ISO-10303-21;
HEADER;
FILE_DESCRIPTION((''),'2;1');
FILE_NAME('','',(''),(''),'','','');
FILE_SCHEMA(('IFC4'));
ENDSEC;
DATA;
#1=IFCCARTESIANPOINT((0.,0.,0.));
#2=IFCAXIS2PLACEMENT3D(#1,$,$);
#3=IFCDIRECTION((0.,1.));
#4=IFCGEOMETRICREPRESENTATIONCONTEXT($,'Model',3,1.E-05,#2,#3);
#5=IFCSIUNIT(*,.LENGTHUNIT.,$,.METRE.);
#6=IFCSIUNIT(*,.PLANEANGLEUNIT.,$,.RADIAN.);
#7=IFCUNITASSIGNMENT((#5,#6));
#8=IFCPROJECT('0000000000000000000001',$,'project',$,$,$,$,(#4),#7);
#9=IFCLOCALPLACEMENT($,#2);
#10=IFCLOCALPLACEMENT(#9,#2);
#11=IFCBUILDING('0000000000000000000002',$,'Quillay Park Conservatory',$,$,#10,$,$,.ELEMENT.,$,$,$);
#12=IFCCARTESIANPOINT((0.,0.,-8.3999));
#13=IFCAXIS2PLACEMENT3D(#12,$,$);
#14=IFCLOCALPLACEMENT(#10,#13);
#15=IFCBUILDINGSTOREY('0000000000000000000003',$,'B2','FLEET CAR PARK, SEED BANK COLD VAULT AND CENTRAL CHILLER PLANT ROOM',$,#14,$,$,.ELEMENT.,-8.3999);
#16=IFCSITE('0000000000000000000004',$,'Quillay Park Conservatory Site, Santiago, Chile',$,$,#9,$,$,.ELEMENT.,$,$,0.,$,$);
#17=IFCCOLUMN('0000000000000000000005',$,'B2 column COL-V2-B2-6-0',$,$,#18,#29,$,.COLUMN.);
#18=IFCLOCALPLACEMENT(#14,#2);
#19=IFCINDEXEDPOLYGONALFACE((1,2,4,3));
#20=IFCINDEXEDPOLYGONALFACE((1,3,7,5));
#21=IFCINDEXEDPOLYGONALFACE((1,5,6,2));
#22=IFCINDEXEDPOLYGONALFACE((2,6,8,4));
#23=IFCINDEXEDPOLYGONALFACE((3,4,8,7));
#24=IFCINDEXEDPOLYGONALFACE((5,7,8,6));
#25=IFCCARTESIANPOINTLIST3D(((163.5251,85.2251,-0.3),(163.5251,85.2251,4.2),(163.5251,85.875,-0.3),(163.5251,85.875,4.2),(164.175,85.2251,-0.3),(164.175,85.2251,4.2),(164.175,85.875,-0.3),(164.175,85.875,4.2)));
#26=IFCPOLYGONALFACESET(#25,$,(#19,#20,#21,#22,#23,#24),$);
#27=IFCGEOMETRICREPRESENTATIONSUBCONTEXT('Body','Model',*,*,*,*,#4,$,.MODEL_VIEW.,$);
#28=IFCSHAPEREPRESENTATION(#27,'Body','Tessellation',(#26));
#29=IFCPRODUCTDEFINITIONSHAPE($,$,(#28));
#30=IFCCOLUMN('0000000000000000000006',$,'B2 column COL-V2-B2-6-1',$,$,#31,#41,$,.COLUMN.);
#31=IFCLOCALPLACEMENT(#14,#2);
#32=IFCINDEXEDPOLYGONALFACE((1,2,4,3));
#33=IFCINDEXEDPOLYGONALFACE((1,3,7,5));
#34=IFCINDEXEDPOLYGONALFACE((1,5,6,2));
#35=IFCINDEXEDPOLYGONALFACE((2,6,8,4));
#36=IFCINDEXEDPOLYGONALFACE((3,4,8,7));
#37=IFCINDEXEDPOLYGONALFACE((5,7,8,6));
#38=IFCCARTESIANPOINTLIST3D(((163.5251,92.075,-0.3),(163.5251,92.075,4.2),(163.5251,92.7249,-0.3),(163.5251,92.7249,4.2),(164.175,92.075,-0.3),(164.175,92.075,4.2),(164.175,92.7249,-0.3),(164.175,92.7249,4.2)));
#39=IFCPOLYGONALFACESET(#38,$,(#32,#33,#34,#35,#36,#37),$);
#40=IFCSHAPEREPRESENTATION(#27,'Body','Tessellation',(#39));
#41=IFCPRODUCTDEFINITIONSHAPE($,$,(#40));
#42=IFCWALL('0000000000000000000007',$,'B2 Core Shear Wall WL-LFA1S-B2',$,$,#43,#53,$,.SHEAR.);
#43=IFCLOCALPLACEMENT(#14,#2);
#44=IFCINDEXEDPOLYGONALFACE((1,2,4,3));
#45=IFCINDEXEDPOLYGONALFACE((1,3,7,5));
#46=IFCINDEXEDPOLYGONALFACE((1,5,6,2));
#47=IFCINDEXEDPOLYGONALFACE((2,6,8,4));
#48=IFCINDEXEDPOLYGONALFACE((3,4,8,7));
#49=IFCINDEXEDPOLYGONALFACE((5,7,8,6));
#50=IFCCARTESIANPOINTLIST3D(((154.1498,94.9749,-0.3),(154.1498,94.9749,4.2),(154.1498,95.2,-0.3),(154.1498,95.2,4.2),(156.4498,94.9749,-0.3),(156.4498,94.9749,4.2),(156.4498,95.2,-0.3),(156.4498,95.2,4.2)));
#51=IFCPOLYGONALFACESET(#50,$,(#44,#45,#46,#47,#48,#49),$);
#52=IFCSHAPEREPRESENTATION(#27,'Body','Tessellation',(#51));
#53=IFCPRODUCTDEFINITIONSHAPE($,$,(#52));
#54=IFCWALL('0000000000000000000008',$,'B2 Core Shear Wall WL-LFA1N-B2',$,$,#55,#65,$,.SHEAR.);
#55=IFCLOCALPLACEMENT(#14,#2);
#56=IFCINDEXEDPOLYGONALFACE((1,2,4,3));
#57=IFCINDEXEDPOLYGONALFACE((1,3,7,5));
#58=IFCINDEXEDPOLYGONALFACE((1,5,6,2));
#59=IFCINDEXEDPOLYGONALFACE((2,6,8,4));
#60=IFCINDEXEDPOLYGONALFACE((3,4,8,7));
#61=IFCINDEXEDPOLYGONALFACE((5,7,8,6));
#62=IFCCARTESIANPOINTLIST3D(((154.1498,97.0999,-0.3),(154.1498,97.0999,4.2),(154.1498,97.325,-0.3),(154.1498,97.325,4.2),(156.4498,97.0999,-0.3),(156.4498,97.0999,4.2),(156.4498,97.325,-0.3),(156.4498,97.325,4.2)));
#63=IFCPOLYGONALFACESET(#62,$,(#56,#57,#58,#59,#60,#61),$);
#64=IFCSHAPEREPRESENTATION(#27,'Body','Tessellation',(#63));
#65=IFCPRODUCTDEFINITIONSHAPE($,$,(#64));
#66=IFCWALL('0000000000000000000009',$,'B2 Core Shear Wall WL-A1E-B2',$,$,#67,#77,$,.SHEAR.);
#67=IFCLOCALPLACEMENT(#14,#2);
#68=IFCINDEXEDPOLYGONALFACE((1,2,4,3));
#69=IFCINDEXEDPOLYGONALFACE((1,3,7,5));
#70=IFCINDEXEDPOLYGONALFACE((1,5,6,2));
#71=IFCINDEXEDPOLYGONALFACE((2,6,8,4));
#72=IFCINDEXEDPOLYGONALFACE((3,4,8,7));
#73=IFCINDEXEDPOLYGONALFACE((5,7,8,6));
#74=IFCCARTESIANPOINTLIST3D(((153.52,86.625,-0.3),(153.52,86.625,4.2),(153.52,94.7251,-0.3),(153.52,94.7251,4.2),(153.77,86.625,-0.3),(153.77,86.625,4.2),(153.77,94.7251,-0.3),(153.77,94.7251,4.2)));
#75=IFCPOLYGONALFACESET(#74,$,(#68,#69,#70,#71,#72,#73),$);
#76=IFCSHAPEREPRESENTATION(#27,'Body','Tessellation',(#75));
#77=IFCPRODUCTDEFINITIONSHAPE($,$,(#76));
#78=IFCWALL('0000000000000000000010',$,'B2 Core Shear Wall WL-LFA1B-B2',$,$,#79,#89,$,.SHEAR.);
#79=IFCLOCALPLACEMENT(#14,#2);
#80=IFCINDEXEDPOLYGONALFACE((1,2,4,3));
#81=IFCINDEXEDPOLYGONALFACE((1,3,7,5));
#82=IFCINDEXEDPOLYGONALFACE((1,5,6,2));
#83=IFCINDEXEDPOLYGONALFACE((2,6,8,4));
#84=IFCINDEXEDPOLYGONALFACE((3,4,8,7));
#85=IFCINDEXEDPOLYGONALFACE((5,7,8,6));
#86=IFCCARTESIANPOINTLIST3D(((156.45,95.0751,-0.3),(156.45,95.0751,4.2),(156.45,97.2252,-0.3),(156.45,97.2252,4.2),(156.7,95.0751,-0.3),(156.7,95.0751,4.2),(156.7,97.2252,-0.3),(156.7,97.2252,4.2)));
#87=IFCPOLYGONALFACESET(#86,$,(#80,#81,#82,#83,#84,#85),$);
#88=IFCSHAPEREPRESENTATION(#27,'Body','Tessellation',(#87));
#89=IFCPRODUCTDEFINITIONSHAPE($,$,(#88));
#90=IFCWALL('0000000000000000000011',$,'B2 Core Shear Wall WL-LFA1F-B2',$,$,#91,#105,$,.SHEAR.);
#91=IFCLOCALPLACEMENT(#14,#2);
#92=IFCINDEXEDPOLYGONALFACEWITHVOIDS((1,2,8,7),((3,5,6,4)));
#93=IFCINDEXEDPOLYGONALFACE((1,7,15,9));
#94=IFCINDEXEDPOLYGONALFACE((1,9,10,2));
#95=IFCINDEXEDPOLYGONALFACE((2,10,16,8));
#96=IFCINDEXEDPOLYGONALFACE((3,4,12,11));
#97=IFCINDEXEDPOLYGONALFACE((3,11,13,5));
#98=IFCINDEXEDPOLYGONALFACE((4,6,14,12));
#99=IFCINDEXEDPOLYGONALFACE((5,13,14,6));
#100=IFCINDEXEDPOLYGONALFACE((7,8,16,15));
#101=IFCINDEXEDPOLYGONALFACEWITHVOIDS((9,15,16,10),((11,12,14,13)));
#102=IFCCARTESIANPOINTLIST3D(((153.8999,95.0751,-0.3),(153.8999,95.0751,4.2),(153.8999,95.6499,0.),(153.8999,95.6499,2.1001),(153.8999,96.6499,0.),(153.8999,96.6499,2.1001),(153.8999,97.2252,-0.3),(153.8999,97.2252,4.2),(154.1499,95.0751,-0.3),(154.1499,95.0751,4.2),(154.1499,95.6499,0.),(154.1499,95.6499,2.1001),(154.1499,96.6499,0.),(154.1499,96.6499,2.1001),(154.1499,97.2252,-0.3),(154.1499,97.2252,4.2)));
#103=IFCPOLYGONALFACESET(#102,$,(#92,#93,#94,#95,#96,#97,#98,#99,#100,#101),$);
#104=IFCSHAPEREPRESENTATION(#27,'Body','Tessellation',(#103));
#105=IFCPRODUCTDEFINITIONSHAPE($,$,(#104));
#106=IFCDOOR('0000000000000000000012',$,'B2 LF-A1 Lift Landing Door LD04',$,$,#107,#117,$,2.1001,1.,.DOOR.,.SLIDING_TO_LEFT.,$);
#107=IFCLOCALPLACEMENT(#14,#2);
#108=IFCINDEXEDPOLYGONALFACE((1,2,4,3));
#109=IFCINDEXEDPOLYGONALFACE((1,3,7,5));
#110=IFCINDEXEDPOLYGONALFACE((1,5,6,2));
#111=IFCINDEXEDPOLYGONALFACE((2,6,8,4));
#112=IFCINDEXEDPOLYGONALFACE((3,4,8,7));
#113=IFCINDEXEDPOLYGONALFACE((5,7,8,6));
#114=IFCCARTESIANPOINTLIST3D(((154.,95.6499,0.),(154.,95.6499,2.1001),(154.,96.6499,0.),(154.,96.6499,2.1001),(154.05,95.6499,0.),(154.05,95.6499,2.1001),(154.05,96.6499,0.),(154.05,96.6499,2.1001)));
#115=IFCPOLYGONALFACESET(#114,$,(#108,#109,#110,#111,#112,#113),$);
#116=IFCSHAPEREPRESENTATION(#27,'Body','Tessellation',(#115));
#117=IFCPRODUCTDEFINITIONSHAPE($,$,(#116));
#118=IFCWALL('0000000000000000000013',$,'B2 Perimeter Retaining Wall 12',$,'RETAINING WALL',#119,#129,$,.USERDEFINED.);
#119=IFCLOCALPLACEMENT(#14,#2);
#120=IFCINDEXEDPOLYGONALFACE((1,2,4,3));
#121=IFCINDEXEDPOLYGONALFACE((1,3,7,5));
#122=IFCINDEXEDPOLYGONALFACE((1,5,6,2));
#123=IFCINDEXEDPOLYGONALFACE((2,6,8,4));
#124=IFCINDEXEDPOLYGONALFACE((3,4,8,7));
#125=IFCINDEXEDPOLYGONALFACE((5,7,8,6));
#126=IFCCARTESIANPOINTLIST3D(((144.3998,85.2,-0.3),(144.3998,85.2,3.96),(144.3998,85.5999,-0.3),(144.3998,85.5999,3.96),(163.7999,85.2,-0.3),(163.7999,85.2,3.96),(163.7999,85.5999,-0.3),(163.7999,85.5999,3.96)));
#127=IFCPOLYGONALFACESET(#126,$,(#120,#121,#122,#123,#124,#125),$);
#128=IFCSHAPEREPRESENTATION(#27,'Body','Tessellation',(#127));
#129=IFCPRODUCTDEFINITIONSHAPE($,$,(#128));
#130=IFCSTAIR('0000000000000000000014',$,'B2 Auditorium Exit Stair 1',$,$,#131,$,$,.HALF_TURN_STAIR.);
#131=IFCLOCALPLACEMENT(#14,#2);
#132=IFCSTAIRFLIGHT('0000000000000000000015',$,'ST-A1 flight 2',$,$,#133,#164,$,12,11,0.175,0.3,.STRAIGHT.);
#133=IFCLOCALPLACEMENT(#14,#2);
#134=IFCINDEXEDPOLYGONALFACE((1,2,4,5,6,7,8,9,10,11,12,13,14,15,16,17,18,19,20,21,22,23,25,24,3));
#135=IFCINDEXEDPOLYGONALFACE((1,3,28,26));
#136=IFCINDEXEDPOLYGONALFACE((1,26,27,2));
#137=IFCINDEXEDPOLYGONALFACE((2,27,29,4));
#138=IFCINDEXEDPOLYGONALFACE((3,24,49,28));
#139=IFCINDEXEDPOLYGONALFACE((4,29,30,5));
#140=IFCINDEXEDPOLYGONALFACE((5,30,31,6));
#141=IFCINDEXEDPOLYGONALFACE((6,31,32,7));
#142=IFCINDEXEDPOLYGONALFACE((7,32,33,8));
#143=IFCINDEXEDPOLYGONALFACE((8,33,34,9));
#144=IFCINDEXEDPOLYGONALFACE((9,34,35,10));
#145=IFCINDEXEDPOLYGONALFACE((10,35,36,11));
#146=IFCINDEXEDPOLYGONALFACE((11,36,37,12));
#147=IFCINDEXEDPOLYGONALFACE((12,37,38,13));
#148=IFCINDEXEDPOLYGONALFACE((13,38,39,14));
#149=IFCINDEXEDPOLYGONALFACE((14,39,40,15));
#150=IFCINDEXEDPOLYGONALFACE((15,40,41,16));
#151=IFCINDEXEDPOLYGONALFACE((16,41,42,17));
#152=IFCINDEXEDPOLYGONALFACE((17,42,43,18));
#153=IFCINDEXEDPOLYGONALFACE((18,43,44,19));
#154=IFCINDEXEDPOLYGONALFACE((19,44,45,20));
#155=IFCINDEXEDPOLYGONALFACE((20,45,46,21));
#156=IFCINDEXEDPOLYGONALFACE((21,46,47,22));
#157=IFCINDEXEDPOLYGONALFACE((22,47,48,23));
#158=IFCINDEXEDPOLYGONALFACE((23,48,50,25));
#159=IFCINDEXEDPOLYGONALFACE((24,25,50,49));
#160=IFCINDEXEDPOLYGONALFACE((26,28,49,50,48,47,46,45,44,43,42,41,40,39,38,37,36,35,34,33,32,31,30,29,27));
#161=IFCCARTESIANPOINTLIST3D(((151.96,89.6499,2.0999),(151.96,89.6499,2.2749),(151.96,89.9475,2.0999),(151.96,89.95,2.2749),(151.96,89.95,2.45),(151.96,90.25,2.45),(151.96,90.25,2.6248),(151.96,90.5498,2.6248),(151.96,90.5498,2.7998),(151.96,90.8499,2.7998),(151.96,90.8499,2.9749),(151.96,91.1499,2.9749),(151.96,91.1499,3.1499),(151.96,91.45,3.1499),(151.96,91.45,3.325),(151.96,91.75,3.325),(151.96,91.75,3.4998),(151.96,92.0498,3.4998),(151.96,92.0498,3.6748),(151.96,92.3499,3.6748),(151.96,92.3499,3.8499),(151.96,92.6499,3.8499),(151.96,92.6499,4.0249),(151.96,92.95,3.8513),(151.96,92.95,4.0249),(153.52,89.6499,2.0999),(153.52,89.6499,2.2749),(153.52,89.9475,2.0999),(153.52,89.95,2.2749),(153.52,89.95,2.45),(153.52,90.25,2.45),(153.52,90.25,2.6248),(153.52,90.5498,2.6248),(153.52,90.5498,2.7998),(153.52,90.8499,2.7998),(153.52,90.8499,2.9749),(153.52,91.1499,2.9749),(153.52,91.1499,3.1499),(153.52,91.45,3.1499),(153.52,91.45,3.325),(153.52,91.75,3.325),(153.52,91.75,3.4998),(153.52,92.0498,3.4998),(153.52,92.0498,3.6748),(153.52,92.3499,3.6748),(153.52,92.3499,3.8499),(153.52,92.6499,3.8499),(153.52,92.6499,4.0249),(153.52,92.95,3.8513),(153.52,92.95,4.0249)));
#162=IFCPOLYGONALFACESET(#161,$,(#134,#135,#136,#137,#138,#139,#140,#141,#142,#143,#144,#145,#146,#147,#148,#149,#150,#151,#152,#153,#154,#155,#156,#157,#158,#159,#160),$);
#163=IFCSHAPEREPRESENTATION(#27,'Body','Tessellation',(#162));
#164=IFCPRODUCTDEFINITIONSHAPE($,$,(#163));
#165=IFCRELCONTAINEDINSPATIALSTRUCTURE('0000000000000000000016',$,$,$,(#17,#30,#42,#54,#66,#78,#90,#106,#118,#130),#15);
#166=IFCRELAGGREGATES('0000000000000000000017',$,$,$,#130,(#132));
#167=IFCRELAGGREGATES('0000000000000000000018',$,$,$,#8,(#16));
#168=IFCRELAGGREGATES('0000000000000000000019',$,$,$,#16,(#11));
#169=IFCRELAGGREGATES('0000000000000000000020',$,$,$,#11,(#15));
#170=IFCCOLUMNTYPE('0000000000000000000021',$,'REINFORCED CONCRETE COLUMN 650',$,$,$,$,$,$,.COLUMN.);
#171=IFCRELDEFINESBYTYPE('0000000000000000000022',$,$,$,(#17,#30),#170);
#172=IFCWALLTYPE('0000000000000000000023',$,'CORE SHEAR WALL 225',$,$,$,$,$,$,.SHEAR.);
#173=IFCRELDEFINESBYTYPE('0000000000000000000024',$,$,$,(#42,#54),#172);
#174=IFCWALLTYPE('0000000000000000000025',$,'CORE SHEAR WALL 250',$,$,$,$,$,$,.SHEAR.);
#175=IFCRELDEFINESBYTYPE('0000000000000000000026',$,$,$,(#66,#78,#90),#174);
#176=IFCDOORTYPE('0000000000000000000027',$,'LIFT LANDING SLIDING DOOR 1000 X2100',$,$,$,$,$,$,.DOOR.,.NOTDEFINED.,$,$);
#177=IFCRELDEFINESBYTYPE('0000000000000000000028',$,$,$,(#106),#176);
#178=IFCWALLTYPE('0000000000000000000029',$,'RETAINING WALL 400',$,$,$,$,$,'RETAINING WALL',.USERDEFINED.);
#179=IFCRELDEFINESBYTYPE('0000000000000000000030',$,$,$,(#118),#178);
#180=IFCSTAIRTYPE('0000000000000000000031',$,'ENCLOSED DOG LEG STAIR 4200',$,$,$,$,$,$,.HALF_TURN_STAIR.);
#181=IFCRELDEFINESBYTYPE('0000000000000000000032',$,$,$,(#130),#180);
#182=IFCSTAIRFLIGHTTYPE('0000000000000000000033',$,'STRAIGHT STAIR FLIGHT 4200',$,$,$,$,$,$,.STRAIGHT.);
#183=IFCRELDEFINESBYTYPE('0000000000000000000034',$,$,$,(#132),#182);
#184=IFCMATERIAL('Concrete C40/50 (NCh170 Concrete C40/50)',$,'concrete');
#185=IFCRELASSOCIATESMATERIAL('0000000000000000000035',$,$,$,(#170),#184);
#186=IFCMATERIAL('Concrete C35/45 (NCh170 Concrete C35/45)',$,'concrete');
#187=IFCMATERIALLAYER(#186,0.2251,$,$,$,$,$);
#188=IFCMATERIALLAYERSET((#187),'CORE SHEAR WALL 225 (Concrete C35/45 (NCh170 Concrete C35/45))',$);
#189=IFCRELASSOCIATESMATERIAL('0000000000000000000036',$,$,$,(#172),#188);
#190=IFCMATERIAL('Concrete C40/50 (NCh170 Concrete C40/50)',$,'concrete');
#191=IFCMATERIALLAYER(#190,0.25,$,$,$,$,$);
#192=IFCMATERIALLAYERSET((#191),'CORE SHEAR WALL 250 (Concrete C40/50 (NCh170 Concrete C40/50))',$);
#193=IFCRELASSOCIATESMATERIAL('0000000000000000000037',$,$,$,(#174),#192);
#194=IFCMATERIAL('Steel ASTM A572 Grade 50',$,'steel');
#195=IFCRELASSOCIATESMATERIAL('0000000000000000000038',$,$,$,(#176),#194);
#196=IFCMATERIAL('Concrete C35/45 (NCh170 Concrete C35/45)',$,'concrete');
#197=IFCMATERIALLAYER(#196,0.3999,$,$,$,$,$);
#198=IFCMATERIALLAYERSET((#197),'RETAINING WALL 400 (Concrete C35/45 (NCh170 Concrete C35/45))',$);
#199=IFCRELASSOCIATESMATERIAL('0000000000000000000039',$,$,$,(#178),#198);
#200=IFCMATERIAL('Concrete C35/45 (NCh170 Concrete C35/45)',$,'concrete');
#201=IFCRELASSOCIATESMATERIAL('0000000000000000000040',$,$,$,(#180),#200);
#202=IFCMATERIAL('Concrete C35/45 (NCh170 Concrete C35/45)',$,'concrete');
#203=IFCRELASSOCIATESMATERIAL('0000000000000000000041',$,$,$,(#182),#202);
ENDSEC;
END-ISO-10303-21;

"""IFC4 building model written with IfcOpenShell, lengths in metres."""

from ifc_helpers import new_model, si_unit, direction, frame, frame_2d, origin, origin_2d, place, context, subcontext, project, spatial, polyline, rectangle, outline, extrude, material, layer, layer_set, material_profile, profile_set, type_object, element, fill, aggregate, save


model = new_model("IFC4")

# Units and contexts
model_context = context("Model", 3, precision=1e-05, world=origin(), true_north=direction((0.0, 1.0)))
body_context = subcontext(model_context, "Body", "Model", "MODEL_VIEW")
ifc_project = project(units=[si_unit("LENGTHUNIT", "METRE"), si_unit("PLANEANGLEUNIT", "RADIAN")], contexts=[model_context])

# Site, building, storey
site_placement = place(None, origin())
site = spatial("IfcSite", under=ifc_project, at=site_placement, Name="Quillay Park Conservatory Site, Santiago, Chile", CompositionType="ELEMENT", RefElevation=0.0)
building_placement = place(site_placement, origin())
building = spatial("IfcBuilding", under=site, at=building_placement, Name="Quillay Park Conservatory", CompositionType="ELEMENT")
storey_placement = place(building_placement, frame((0.0, 0.0, -8.3999)))
storey = spatial("IfcBuildingStorey", under=building, at=storey_placement, Name="B2", Description="FLEET CAR PARK, SEED BANK COLD VAULT AND CENTRAL CHILLER PLANT ROOM", CompositionType="ELEMENT", Elevation=-8.3999)

# Columns
ifc_material_1 = material(Name="Concrete C40/50 (NCh170 Concrete C40/50)", Category="concrete")
ifc_material_profile_1 = material_profile(ifc_material_1, rectangle(XDim=0.6499, YDim=0.6499, at=origin_2d()), Name="RC650x650")
ifc_profile_set_1 = profile_set([ifc_material_profile_1], Name="Concrete C40/50 (NCh170 Concrete C40/50)")
column_type = type_object("IfcColumnType", Name="REINFORCED CONCRETE COLUMN 650", PredefinedType="COLUMN", material=ifc_profile_set_1)
for number, where, z_axis, x_axis, name in (
    (1, (163.8501, 85.55, -0.3), (0.0, 0.0, 1.0), (1.0, 0.0, 0.0), "B2 column COL-V2-B2-6-0"),
    (2, (163.8501, 92.3999, -0.3), (0.0, 0.0, 1.0), (1.0, 0.0, 0.0), "B2 column COL-V2-B2-6-1"),
):
    element("IfcColumn", number, at=place(storey_placement, frame(where, z_axis=z_axis, x_axis=x_axis)), inside=storey, type_object=column_type, Name=name, PredefinedType="COLUMN", context=body_context, shape_type="SweptSolid", body=[
        extrude(rectangle(XDim=0.6499, YDim=0.6499, at=origin_2d()), origin(), (0.0, 0.0, 1.0), 4.5),
    ])

# Walls
ifc_material_2 = material(Name="Concrete C35/45 (NCh170 Concrete C35/45)", Category="concrete")
ifc_layer_1 = layer(ifc_material_2, 0.2251)
ifc_layer_set_1 = layer_set([ifc_layer_1], Name="CORE SHEAR WALL 225 (Concrete C35/45 (NCh170 Concrete C35/45))")
wall_type_1 = type_object("IfcWallType", Name="CORE SHEAR WALL 225", PredefinedType="SHEAR", material=ifc_layer_set_1)
for number, where, z_axis, x_axis, name in (
    (3, (154.1499, 95.0874, -0.3), (0.0, 0.0, 1.0), (1.0, 0.0, 0.0), "B2 Core Shear Wall WL-LFA1S-B2"),
    (4, (154.1499, 97.2124, -0.3), (0.0, 0.0, 1.0), (1.0, 0.0, 0.0), "B2 Core Shear Wall WL-LFA1N-B2"),
):
    element("IfcWall", number, at=place(storey_placement, frame(where, z_axis=z_axis, x_axis=x_axis)), inside=storey, type_object=wall_type_1, Name=name, PredefinedType="SHEAR", context=body_context, shape_type="SweptSolid", body=[
        extrude(rectangle(XDim=2.3, YDim=0.2251, at=frame_2d((1.1499, 0.0))), origin(), (0.0, 0.0, 1.0), 4.5),
    ])
ifc_material_3 = material(Name="Concrete C40/50 (NCh170 Concrete C40/50)", Category="concrete")
ifc_layer_2 = layer(ifc_material_3, 0.25)
ifc_layer_set_2 = layer_set([ifc_layer_2], Name="CORE SHEAR WALL 250 (Concrete C40/50 (NCh170 Concrete C40/50))")
wall_type_2 = type_object("IfcWallType", Name="CORE SHEAR WALL 250", PredefinedType="SHEAR", material=ifc_layer_set_2)
wall_1_placement = place(storey_placement, frame((153.645, 86.625, -0.3), z_axis=(0.0, 0.0, 1.0), x_axis=(0.0, 1.0, 0.0)))
element("IfcWall", 5, at=wall_1_placement, inside=storey, type_object=wall_type_2, Name="B2 Core Shear Wall WL-A1E-B2", PredefinedType="SHEAR", context=body_context, shape_type="SweptSolid", body=[
    extrude(rectangle(XDim=8.1001, YDim=0.25, at=frame_2d((4.05, 0.0))), origin(), (0.0, 0.0, 1.0), 4.5),
])
wall_2_placement = place(storey_placement, frame((156.575, 95.075, -0.3), z_axis=(0.0, 0.0, 1.0), x_axis=(0.0, 1.0, 0.0)))
element("IfcWall", 6, at=wall_2_placement, inside=storey, type_object=wall_type_2, Name="B2 Core Shear Wall WL-LFA1B-B2", PredefinedType="SHEAR", context=body_context, shape_type="SweptSolid", body=[
    extrude(rectangle(XDim=2.1501, YDim=0.25, at=frame_2d((1.0752, 0.0))), origin(), (0.0, 0.0, 1.0), 4.5),
])

# Wall, opening, door
wall_3_placement = place(storey_placement, frame((154.0249, 95.075, -0.3), z_axis=(0.0, 0.0, 1.0), x_axis=(0.0, 1.0, 0.0)))
wall_3 = element("IfcWall", 7, at=wall_3_placement, inside=storey, type_object=wall_type_2, Name="B2 Core Shear Wall WL-LFA1F-B2", PredefinedType="SHEAR", context=body_context, shape_type="SweptSolid", body=[
    extrude(rectangle(XDim=2.1501, YDim=0.25, at=frame_2d((1.0752, 0.0))), origin(), (0.0, 0.0, 1.0), 4.5),
])
opening_placement = place(wall_3_placement, frame((0.575, 0.0, 0.3)))
opening = element("IfcOpeningElement", 8, at=opening_placement, cuts=wall_3, PredefinedType="OPENING", context=body_context, shape_type="SweptSolid", body=[
    extrude(rectangle(XDim=1.0, YDim=2.1001, at=frame_2d((0.5, 1.05))), frame((0.0, 0.125, 0.0), z_axis=(0.0, -1.0, 0.0), x_axis=(1.0, 0.0, 0.0)), (0.0, 0.0, 1.0), 0.25),
])
ifc_material_4 = material(Name="Steel ASTM A572 Grade 50", Category="steel")
door_type = type_object("IfcDoorType", Name="LIFT LANDING SLIDING DOOR 1000 X2100", OperationType="NOTDEFINED", PredefinedType="DOOR", material=ifc_material_4)
door_placement = place(opening_placement, origin())
door = element("IfcDoor", 9, at=door_placement, inside=storey, type_object=door_type, Name="B2 LF-A1 Lift Landing Door LD04", OperationType="SLIDING_TO_LEFT", OverallHeight=2.1001, OverallWidth=1.0, PredefinedType="DOOR", context=body_context, shape_type="SweptSolid", body=[
    extrude(rectangle(XDim=1.0, YDim=2.1001, at=frame_2d((0.5, 1.05))), frame((0.0, 0.0249, 0.0), z_axis=(0.0, -1.0, 0.0), x_axis=(1.0, 0.0, 0.0)), (0.0, 0.0, 1.0), 0.05),
])
fill(opening, door)

# Wall
ifc_material_5 = material(Name="Concrete C35/45 (NCh170 Concrete C35/45)", Category="concrete")
ifc_layer_3 = layer(ifc_material_5, 0.3999)
ifc_layer_set_3 = layer_set([ifc_layer_3], Name="RETAINING WALL 400 (Concrete C35/45 (NCh170 Concrete C35/45))")
wall_type_3 = type_object("IfcWallType", Name="RETAINING WALL 400", ElementType="RETAINING WALL", PredefinedType="USERDEFINED", material=ifc_layer_set_3)
wall_4_placement = place(storey_placement, frame((163.8, 85.3999, -0.3), z_axis=(0.0, 0.0, 1.0), x_axis=(-1.0, 0.0, 0.0)))
element("IfcWall", 10, at=wall_4_placement, inside=storey, type_object=wall_type_3, Name="B2 Perimeter Retaining Wall 12", ObjectType="RETAINING WALL", PredefinedType="USERDEFINED", context=body_context, shape_type="SweptSolid", body=[
    extrude(rectangle(XDim=19.4001, YDim=0.3999, at=frame_2d((9.7002, 0.0))), origin(), (0.0, 0.0, 1.0), 4.26),
])

# Stair, stair flight
ifc_material_6 = material(Name="Concrete C35/45 (NCh170 Concrete C35/45)", Category="concrete")
stair_type = type_object("IfcStairType", Name="ENCLOSED DOG LEG STAIR 4200", PredefinedType="HALF_TURN_STAIR", material=ifc_material_6)
stair_placement = place(storey_placement, origin())
stair = element("IfcStair", 11, at=stair_placement, inside=storey, type_object=stair_type, Name="B2 Auditorium Exit Stair 1", PredefinedType="HALF_TURN_STAIR")
ifc_material_7 = material(Name="Concrete C35/45 (NCh170 Concrete C35/45)", Category="concrete")
stair_flight_type = type_object("IfcStairFlightType", Name="STRAIGHT STAIR FLIGHT 4200", PredefinedType="STRAIGHT", material=ifc_material_7)
stair_flight_placement = place(storey_placement, frame((152.74, 89.6499, 2.0999), z_axis=(0.0, 0.0, 1.0), x_axis=(0.0, 1.0, 0.0)))
stair_flight = element("IfcStairFlight", 12, at=stair_flight_placement, type_object=stair_flight_type, Name="ST-A1 flight 2", NumberOfRisers=12, NumberOfTreads=11, PredefinedType="STRAIGHT", RiserHeight=0.175, TreadLength=0.3, context=body_context, shape_type="SweptSolid", body=[
    extrude(outline(polyline([(0.0, 0.0), (0.0, 0.175), (0.3, 0.175), (0.3, 0.3501), (0.6001, 0.3501), (0.6001, 0.5249), (0.8999, 0.5249), (0.8999, 0.7), (1.2, 0.7), (1.2, 0.875), (1.5, 0.875), (1.5, 1.05), (1.8, 1.05), (1.8, 1.2251), (2.1001, 1.2251), (2.1001, 1.3999), (2.3999, 1.3999), (2.3999, 1.575), (2.7, 1.575), (2.7, 1.75), (3.0, 1.75), (3.0, 1.925), (3.3, 1.925), (3.3, 2.1001), (3.3, 1.7515), (0.2976, 0.0), (0.0, 0.0)])), frame((0.0, 0.78, 0.0), z_axis=(0.0, -1.0, 0.0), x_axis=(1.0, 0.0, 0.0)), (0.0, 0.0, 1.0), 1.5601),
])
aggregate(stair, [stair_flight])

save(model, "model.ifc")
